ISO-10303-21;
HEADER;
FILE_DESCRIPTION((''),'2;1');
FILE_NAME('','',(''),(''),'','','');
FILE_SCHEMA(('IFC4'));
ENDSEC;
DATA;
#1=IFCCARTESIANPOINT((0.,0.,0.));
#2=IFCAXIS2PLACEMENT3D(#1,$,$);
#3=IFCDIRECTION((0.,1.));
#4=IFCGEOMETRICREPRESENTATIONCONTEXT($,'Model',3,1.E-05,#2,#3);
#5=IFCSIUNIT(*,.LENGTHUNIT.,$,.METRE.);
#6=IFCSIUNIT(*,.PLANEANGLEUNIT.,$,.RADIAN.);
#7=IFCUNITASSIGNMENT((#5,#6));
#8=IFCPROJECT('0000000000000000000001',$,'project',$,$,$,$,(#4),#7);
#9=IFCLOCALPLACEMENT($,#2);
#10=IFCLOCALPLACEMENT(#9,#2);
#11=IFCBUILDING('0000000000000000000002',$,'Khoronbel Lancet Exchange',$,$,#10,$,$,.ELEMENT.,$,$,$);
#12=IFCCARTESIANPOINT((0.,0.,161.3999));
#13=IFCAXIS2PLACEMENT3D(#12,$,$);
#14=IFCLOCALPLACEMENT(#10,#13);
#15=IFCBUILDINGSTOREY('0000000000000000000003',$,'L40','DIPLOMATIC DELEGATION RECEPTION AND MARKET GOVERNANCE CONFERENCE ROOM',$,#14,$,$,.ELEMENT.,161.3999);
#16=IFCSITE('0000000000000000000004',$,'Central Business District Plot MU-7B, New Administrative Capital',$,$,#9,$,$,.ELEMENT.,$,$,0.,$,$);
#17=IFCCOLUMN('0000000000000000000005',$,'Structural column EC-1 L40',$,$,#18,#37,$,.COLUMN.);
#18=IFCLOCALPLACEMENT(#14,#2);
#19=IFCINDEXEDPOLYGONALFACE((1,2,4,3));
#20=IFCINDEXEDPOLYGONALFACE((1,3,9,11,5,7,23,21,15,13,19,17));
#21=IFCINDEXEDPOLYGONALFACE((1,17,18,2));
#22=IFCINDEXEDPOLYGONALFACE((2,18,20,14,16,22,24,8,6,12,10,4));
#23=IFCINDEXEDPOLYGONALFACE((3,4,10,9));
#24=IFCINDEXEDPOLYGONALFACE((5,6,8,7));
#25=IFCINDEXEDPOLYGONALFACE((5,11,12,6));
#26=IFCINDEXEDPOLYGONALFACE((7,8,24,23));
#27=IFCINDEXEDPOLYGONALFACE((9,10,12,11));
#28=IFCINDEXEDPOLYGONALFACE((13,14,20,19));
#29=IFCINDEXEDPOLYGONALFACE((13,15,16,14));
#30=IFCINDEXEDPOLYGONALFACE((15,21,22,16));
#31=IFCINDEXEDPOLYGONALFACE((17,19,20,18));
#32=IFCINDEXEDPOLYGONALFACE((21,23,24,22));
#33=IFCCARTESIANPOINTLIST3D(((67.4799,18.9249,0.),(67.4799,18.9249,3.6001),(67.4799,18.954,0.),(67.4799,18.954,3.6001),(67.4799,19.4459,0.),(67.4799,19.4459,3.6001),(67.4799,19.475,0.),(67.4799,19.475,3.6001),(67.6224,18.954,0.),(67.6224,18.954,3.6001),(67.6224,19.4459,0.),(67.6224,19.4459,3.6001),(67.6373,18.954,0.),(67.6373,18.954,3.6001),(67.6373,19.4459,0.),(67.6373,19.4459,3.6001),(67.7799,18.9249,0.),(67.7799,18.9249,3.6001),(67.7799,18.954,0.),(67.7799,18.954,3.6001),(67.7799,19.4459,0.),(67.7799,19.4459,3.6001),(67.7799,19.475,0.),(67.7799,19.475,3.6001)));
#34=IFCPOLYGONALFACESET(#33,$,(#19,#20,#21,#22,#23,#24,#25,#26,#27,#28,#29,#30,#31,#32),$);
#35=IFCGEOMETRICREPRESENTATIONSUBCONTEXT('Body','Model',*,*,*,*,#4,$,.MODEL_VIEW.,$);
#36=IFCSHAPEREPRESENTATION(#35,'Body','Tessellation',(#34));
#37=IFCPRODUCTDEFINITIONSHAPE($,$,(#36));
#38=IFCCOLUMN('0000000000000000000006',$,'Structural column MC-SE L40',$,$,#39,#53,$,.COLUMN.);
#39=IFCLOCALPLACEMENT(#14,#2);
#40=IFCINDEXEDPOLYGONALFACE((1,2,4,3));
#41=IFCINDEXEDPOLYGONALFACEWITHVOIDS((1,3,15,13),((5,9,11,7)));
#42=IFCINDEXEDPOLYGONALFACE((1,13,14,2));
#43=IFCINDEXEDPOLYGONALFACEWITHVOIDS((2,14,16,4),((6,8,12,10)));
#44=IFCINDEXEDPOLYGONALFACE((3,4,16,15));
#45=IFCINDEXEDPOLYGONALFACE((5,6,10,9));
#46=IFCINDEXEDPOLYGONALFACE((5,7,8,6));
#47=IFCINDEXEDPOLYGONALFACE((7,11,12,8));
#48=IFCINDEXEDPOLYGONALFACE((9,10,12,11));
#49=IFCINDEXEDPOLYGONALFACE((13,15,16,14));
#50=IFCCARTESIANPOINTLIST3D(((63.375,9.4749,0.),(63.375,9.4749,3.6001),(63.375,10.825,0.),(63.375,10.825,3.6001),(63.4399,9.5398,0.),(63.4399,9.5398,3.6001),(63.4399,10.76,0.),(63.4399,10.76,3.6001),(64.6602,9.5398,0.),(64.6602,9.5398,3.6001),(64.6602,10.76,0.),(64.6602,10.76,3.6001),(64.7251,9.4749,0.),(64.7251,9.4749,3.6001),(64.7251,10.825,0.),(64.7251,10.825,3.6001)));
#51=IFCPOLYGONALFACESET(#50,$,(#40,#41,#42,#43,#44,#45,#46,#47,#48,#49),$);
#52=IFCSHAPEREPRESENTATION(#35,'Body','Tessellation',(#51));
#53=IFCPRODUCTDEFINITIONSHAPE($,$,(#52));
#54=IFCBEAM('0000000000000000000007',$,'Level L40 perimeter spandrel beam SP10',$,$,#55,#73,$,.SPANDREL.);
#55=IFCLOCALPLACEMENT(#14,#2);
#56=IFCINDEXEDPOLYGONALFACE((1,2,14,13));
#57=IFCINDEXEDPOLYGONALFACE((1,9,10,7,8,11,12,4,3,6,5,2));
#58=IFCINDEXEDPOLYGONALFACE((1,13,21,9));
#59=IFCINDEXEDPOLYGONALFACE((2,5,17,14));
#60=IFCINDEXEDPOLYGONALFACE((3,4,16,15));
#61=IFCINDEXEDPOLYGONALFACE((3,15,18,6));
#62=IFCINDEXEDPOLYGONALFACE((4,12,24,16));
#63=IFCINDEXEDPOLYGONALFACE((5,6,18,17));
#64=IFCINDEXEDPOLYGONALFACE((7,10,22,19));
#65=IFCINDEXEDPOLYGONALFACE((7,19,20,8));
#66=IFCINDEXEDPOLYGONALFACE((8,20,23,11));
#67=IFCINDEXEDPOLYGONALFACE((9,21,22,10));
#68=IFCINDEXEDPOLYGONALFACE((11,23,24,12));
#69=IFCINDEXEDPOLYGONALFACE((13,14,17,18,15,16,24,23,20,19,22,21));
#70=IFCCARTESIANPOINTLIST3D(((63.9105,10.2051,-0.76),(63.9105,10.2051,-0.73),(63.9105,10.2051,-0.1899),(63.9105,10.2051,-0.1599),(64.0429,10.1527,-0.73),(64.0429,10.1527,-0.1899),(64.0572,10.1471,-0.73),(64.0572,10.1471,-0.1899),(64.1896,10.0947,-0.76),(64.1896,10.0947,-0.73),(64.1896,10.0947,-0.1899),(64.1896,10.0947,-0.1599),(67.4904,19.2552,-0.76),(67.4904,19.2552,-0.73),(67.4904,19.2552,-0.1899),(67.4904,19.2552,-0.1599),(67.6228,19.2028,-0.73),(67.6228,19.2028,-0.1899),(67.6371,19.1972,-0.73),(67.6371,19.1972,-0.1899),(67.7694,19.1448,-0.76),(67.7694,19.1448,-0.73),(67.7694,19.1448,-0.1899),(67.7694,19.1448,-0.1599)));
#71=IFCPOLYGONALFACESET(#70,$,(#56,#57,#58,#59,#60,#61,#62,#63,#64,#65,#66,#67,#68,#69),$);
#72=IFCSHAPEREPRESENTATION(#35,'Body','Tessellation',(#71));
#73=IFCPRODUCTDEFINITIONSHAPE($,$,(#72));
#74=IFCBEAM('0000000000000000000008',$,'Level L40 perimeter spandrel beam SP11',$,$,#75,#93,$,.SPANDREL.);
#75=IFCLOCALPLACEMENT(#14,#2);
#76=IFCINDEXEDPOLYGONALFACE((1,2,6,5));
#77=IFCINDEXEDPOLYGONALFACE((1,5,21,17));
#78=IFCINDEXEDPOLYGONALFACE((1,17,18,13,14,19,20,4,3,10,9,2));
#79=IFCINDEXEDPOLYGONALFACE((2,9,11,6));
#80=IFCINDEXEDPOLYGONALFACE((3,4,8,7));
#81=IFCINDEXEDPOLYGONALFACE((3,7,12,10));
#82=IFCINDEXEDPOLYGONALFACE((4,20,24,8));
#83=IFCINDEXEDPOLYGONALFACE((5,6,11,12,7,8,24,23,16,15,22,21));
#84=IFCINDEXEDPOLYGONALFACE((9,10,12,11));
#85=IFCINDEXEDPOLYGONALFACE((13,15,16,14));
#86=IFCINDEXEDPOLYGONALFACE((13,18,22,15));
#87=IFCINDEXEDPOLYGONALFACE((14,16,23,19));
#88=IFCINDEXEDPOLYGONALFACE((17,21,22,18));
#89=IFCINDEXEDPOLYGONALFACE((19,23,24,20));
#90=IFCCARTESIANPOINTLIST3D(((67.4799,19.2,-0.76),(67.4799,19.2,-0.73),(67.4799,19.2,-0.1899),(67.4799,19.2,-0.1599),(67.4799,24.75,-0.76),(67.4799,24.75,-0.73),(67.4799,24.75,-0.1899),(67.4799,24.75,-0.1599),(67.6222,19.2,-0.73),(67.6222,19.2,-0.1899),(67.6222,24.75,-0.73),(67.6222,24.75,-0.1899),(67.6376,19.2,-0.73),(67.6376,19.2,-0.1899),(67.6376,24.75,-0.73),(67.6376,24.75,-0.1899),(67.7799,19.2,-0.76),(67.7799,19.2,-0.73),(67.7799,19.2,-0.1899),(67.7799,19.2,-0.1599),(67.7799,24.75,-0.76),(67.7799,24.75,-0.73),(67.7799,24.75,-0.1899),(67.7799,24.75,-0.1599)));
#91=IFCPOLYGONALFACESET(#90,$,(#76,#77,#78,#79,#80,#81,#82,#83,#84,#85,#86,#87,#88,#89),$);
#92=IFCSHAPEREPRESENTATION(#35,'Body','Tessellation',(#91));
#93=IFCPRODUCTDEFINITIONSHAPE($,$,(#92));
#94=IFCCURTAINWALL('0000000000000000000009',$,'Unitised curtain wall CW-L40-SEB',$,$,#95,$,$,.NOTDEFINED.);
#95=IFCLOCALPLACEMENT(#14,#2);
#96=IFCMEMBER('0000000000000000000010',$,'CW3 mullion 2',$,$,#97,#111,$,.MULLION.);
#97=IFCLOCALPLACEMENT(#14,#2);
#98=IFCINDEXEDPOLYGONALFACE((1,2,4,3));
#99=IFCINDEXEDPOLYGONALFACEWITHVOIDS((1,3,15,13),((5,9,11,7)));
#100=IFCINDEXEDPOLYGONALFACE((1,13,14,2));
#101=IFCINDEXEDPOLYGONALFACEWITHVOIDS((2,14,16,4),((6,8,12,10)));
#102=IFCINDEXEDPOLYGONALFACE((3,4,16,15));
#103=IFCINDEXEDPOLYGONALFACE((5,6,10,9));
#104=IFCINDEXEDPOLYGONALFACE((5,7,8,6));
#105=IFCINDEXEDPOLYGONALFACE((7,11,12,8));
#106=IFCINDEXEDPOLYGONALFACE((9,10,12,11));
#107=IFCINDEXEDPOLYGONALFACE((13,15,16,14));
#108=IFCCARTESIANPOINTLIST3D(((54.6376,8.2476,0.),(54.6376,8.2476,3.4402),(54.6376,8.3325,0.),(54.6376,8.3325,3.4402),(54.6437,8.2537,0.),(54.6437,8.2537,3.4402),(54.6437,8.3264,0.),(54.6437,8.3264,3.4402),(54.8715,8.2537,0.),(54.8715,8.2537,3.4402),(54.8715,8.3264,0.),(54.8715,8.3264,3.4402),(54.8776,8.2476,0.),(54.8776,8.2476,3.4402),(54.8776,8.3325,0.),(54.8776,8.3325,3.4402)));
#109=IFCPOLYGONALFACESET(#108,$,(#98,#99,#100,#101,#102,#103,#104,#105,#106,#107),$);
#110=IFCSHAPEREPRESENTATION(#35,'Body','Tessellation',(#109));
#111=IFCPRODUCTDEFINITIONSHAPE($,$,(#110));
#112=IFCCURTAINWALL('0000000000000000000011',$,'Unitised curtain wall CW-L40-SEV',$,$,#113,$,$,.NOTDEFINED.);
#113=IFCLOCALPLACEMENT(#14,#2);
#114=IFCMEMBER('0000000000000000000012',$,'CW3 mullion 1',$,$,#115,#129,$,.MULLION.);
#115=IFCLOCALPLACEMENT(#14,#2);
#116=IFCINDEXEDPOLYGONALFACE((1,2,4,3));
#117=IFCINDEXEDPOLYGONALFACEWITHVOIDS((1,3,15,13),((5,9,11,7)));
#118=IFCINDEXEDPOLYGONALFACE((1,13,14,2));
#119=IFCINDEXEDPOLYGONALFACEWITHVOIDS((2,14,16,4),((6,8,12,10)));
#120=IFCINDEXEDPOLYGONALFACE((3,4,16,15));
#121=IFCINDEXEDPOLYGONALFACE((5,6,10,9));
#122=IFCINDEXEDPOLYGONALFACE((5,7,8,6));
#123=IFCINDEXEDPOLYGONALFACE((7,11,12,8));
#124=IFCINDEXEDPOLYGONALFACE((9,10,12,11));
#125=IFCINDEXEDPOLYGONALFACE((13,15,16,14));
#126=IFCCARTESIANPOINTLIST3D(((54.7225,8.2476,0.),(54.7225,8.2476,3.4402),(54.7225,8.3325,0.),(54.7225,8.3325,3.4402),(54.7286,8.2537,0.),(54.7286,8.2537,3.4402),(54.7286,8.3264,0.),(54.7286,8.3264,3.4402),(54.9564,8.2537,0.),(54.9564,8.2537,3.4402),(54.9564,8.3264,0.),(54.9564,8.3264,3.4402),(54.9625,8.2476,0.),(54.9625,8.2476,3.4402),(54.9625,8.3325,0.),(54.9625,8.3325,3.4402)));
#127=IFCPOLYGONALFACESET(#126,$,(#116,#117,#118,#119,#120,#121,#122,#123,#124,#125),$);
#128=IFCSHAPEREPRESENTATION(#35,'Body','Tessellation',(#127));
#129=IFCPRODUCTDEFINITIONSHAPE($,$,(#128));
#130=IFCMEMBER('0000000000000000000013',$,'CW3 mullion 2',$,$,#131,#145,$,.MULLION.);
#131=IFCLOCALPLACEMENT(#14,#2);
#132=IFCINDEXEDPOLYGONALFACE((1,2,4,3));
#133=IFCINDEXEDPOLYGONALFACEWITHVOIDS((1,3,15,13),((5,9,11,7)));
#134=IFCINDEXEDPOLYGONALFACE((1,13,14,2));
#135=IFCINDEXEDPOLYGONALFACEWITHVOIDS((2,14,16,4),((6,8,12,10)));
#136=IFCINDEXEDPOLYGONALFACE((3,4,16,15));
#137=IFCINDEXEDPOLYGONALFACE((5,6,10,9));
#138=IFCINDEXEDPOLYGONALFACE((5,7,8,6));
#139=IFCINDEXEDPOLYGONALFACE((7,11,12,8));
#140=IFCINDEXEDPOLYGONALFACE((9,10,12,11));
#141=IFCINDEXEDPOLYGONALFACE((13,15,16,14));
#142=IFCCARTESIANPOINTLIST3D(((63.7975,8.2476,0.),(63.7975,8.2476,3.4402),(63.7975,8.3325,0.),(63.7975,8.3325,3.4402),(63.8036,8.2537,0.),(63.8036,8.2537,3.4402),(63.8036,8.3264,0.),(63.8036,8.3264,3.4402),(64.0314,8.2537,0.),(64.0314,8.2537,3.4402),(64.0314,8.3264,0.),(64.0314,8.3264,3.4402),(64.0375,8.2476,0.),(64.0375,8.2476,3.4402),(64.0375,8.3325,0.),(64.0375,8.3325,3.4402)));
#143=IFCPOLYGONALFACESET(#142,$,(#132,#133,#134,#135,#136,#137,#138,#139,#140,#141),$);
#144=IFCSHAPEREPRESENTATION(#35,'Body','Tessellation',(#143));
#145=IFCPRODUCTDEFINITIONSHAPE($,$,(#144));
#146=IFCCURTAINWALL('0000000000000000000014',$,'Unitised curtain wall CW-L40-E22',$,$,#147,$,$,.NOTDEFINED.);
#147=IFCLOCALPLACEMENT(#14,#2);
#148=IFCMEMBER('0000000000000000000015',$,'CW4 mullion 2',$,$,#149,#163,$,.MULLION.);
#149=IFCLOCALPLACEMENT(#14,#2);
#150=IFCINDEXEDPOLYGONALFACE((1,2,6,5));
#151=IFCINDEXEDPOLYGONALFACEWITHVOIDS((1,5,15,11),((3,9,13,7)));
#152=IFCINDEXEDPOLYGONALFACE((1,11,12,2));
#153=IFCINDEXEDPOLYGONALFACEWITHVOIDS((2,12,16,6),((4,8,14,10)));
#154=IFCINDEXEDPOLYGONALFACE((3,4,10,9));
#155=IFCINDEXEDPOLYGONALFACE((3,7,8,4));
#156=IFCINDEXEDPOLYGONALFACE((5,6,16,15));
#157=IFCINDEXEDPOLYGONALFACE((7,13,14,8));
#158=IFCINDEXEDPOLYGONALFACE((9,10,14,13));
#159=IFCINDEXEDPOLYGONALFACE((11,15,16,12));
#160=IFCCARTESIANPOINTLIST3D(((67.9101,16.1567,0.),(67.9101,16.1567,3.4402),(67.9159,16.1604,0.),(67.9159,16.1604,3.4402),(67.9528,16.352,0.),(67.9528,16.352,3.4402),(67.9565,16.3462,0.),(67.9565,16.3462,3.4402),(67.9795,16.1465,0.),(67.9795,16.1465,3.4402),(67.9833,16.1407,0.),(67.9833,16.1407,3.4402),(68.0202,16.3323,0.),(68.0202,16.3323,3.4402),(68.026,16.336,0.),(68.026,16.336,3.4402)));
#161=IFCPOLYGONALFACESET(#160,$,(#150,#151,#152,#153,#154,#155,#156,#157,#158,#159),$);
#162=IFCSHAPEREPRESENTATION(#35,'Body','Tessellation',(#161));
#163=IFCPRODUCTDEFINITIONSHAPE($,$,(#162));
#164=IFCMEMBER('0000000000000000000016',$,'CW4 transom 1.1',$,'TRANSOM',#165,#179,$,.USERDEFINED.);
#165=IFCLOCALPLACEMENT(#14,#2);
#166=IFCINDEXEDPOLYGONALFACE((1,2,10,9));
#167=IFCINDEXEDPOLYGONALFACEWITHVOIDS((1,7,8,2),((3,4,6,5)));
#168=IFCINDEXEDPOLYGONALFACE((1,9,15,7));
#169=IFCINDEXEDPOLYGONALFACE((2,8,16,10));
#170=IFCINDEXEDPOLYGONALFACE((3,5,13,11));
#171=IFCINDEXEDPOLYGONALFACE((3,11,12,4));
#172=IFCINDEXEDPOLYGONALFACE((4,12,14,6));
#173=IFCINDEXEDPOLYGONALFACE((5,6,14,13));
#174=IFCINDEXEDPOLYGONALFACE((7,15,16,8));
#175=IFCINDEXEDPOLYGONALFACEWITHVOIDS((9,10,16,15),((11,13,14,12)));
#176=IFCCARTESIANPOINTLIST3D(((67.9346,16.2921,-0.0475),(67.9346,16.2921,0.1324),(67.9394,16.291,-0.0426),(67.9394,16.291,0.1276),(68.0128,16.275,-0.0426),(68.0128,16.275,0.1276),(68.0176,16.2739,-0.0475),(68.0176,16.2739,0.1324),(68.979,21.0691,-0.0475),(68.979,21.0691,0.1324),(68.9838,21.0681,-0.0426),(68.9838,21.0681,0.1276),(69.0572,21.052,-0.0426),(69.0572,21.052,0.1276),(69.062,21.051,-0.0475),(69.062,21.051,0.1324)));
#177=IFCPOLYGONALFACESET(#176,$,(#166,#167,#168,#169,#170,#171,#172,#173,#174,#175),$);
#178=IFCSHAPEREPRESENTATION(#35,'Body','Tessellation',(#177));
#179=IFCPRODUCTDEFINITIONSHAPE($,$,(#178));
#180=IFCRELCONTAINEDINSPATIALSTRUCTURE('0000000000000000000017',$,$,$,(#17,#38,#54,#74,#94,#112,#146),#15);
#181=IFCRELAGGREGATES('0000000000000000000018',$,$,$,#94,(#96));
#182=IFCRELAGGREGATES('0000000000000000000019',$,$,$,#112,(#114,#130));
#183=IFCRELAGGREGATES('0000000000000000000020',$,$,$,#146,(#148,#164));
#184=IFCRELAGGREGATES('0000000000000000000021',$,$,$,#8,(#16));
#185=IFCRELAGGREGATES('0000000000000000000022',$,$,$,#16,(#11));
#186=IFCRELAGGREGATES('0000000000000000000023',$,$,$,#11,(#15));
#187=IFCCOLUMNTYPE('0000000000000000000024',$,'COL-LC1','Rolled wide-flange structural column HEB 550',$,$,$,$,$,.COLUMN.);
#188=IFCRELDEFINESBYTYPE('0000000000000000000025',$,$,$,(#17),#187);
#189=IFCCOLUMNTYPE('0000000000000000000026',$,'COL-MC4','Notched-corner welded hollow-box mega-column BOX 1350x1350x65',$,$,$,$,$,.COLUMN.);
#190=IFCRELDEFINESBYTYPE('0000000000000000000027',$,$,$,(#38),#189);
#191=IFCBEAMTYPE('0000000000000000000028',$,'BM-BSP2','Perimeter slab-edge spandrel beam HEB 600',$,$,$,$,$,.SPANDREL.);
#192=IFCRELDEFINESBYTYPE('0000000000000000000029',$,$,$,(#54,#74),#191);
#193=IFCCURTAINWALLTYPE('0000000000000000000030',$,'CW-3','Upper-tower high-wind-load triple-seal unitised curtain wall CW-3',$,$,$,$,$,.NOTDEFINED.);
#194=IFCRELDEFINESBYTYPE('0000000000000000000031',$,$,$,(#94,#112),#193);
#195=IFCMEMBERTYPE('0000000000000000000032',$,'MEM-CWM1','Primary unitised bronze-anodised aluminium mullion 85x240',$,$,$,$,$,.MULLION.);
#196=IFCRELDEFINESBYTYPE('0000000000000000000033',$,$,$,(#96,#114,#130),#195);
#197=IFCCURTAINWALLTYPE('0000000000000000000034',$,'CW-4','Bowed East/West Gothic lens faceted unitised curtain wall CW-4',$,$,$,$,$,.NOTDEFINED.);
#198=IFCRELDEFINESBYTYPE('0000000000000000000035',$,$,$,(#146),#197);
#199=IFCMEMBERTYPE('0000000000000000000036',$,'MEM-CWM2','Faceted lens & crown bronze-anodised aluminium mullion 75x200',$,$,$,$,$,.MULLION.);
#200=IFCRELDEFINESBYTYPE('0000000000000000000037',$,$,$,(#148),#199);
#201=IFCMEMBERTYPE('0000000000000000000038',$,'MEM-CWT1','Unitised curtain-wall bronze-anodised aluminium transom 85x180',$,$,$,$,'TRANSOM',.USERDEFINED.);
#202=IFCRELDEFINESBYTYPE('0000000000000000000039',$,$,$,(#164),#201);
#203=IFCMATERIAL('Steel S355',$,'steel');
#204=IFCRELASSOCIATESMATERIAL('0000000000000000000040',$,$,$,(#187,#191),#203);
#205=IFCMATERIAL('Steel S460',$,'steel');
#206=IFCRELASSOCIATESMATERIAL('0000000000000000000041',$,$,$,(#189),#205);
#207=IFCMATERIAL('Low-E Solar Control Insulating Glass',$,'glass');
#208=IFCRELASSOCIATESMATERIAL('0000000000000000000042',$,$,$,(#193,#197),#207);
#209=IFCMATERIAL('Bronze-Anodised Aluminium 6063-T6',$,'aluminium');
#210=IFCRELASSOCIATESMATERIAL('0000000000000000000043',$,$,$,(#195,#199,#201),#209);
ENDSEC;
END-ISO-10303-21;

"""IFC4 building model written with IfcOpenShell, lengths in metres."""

from ifc_helpers import new_model, si_unit, direction, frame, origin, origin_2d, place, context, subcontext, project, spatial, hollow_rectangle, i_section, extrude, material, material_profile, profile_set, type_object, element, aggregate, save


model = new_model("IFC4")

# Units and contexts
model_context = context("Model", 3, precision=1e-05, world=origin(), true_north=direction((0.0, 1.0)))
body_context = subcontext(model_context, "Body", "Model", "MODEL_VIEW")
ifc_project = project(units=[si_unit("LENGTHUNIT", "METRE"), si_unit("PLANEANGLEUNIT", "RADIAN")], contexts=[model_context])

# Site, building, storey
site_placement = place(None, origin())
site = spatial("IfcSite", under=ifc_project, at=site_placement, Name="Central Business District Plot MU-7B, New Administrative Capital", CompositionType="ELEMENT", RefElevation=0.0)
building_placement = place(site_placement, origin())
building = spatial("IfcBuilding", under=site, at=building_placement, Name="Khoronbel Lancet Exchange", CompositionType="ELEMENT")
storey_placement = place(building_placement, frame((0.0, 0.0, 161.3999)))
storey = spatial("IfcBuildingStorey", under=building, at=storey_placement, Name="L40", Description="DIPLOMATIC DELEGATION RECEPTION AND MARKET GOVERNANCE CONFERENCE ROOM", CompositionType="ELEMENT", Elevation=161.3999)

# Columns
ifc_material_1 = material(Name="Steel S355", Category="steel")
ifc_material_profile_1 = material_profile(ifc_material_1, i_section(OverallWidth=0.3, OverallDepth=0.55, WebThickness=0.0149, FlangeThickness=0.0291, at=origin_2d()), Name="HEB 550")
ifc_profile_set_1 = profile_set([ifc_material_profile_1], Name="Steel S355")
column_type_1 = type_object("IfcColumnType", Name="COL-LC1", Description="Rolled wide-flange structural column HEB 550", PredefinedType="COLUMN", material=ifc_profile_set_1)
column_1_placement = place(storey_placement, frame((67.6299, 19.2, 0.0), z_axis=(0.0, 0.0, 1.0), x_axis=(1.0, 0.0, 0.0)))
element("IfcColumn", 1, at=column_1_placement, inside=storey, type_object=column_type_1, Name="Structural column EC-1 L40", PredefinedType="COLUMN", context=body_context, shape_type="SweptSolid", body=[
    extrude(i_section(OverallWidth=0.3, OverallDepth=0.55, WebThickness=0.0149, FlangeThickness=0.0291, at=origin_2d()), origin(), (0.0, 0.0, 1.0), 3.6001),
])
ifc_material_2 = material(Name="Steel S460", Category="steel")
ifc_material_profile_2 = material_profile(ifc_material_2, hollow_rectangle(XDim=1.3501, YDim=1.3501, WallThickness=0.0649, at=origin_2d()), Name="BOX 1350x1350x65")
ifc_profile_set_2 = profile_set([ifc_material_profile_2], Name="Steel S460")
column_type_2 = type_object("IfcColumnType", Name="COL-MC4", Description="Notched-corner welded hollow-box mega-column BOX 1350x1350x65", PredefinedType="COLUMN", material=ifc_profile_set_2)
column_2_placement = place(storey_placement, frame((64.05, 10.1499, 0.0), z_axis=(0.0, 0.0, 1.0), x_axis=(1.0, 0.0, 0.0)))
element("IfcColumn", 2, at=column_2_placement, inside=storey, type_object=column_type_2, Name="Structural column MC-SE L40", PredefinedType="COLUMN", context=body_context, shape_type="SweptSolid", body=[
    extrude(hollow_rectangle(XDim=1.3501, YDim=1.3501, WallThickness=0.0649, at=origin_2d()), origin(), (0.0, 0.0, 1.0), 3.6001),
])

# Beams
ifc_material_profile_3 = material_profile(ifc_material_1, i_section(OverallWidth=0.3, OverallDepth=0.6001, WebThickness=0.0154, FlangeThickness=0.03, at=origin_2d()), Name="HEB 600")
ifc_profile_set_3 = profile_set([ifc_material_profile_3], Name="Steel S355")
beam_type = type_object("IfcBeamType", Name="BM-BSP2", Description="Perimeter slab-edge spandrel beam HEB 600", PredefinedType="SPANDREL", material=ifc_profile_set_3)
beam_1_placement = place(storey_placement, frame((64.05, 10.1499, -0.46), z_axis=(0.367828, 0.929894, 0.0), x_axis=(-0.929894, 0.367828, 0.0)))
element("IfcBeam", 3, at=beam_1_placement, inside=storey, type_object=beam_type, Name="Level L40 perimeter spandrel beam SP10", PredefinedType="SPANDREL", context=body_context, shape_type="SweptSolid", body=[
    extrude(i_section(OverallWidth=0.3, OverallDepth=0.6001, WebThickness=0.0154, FlangeThickness=0.03, at=origin_2d()), origin(), (0.0, 0.0, 1.0), 9.7324),
])
beam_2_placement = place(storey_placement, frame((67.6299, 19.2, -0.46), z_axis=(0.0, 1.0, 0.0), x_axis=(-1.0, 0.0, 0.0)))
element("IfcBeam", 4, at=beam_2_placement, inside=storey, type_object=beam_type, Name="Level L40 perimeter spandrel beam SP11", PredefinedType="SPANDREL", context=body_context, shape_type="SweptSolid", body=[
    extrude(i_section(OverallWidth=0.3, OverallDepth=0.6001, WebThickness=0.0154, FlangeThickness=0.03, at=origin_2d()), origin(), (0.0, 0.0, 1.0), 5.55),
])

# Curtain wall, member
ifc_material_3 = material(Name="Low-E Solar Control Insulating Glass", Category="glass")
curtain_wall_type_1 = type_object("IfcCurtainWallType", Name="CW-3", Description="Upper-tower high-wind-load triple-seal unitised curtain wall CW-3", PredefinedType="NOTDEFINED", material=ifc_material_3)
curtain_wall_1_placement = place(storey_placement, origin())
curtain_wall_1 = element("IfcCurtainWall", 5, at=curtain_wall_1_placement, inside=storey, type_object=curtain_wall_type_1, Name="Unitised curtain wall CW-L40-SEB", PredefinedType="NOTDEFINED")
ifc_material_4 = material(Name="Bronze-Anodised Aluminium 6063-T6", Category="aluminium")
ifc_material_profile_4 = material_profile(ifc_material_4, hollow_rectangle(XDim=0.085, YDim=0.24, WallThickness=0.0061, at=origin_2d()), Name="ALU MULLION 85x240")
ifc_profile_set_4 = profile_set([ifc_material_profile_4], Name="Bronze-Anodised Aluminium 6063-T6")
member_type_1 = type_object("IfcMemberType", Name="MEM-CWM1", Description="Primary unitised bronze-anodised aluminium mullion 85x240", PredefinedType="MULLION", material=ifc_profile_set_4)
member_1_placement = place(storey_placement, frame((54.7576, 8.29, 0.0), z_axis=(0.0, 0.0, 1.0), x_axis=(0.0, 1.0, 0.0)))
member_1 = element("IfcMember", 6, at=member_1_placement, type_object=member_type_1, Name="CW3 mullion 2", PredefinedType="MULLION", context=body_context, shape_type="SweptSolid", body=[
    extrude(hollow_rectangle(XDim=0.085, YDim=0.24, WallThickness=0.0061, at=origin_2d()), origin(), (0.0, 0.0, 1.0), 3.4402),
])
aggregate(curtain_wall_1, [member_1])

# Curtain walls, members
curtain_wall_2_placement = place(storey_placement, origin())
curtain_wall_2 = element("IfcCurtainWall", 7, at=curtain_wall_2_placement, inside=storey, type_object=curtain_wall_type_1, Name="Unitised curtain wall CW-L40-SEV", PredefinedType="NOTDEFINED")
member_2_placement = place(storey_placement, frame((54.8425, 8.29, 0.0), z_axis=(0.0, 0.0, 1.0), x_axis=(0.0, 1.0, 0.0)))
member_2 = element("IfcMember", 8, at=member_2_placement, type_object=member_type_1, Name="CW3 mullion 1", PredefinedType="MULLION", context=body_context, shape_type="SweptSolid", body=[
    extrude(hollow_rectangle(XDim=0.085, YDim=0.24, WallThickness=0.0061, at=origin_2d()), origin(), (0.0, 0.0, 1.0), 3.4402),
])
member_3_placement = place(storey_placement, frame((63.9175, 8.29, 0.0), z_axis=(0.0, 0.0, 1.0), x_axis=(0.0, 1.0, 0.0)))
member_3 = element("IfcMember", 9, at=member_3_placement, type_object=member_type_1, Name="CW3 mullion 2", PredefinedType="MULLION", context=body_context, shape_type="SweptSolid", body=[
    extrude(hollow_rectangle(XDim=0.085, YDim=0.24, WallThickness=0.0061, at=origin_2d()), origin(), (0.0, 0.0, 1.0), 3.4402),
])
curtain_wall_type_2 = type_object("IfcCurtainWallType", Name="CW-4", Description="Bowed East/West Gothic lens faceted unitised curtain wall CW-4", PredefinedType="NOTDEFINED", material=ifc_material_3)
curtain_wall_3_placement = place(storey_placement, origin())
curtain_wall_3 = element("IfcCurtainWall", 10, at=curtain_wall_3_placement, inside=storey, type_object=curtain_wall_type_2, Name="Unitised curtain wall CW-L40-E22", PredefinedType="NOTDEFINED")
ifc_material_profile_5 = material_profile(ifc_material_4, hollow_rectangle(XDim=0.075, YDim=0.2, WallThickness=0.0049, at=origin_2d()), Name="ALU MULLION 75x200")
ifc_profile_set_5 = profile_set([ifc_material_profile_5], Name="Bronze-Anodised Aluminium 6063-T6")
member_type_2 = type_object("IfcMemberType", Name="MEM-CWM2", Description="Faceted lens & crown bronze-anodised aluminium mullion 75x200", PredefinedType="MULLION", material=ifc_profile_set_5)
member_4_placement = place(storey_placement, frame((67.968, 16.2463, 0.0), z_axis=(0.0, 0.0, 1.0), x_axis=(0.976923, -0.213591, 0.0)))
member_4 = element("IfcMember", 11, at=member_4_placement, type_object=member_type_2, Name="CW4 mullion 2", PredefinedType="MULLION", context=body_context, shape_type="SweptSolid", body=[
    extrude(hollow_rectangle(XDim=0.075, YDim=0.2, WallThickness=0.0049, at=origin_2d()), origin(), (0.0, 0.0, 1.0), 3.4402),
])
ifc_material_profile_6 = material_profile(ifc_material_4, hollow_rectangle(XDim=0.085, YDim=0.1799, WallThickness=0.0049, at=origin_2d()), Name="ALU TRANSOM 85x180")
ifc_profile_set_6 = profile_set([ifc_material_profile_6], Name="Bronze-Anodised Aluminium 6063-T6")
member_type_3 = type_object("IfcMemberType", Name="MEM-CWT1", Description="Unitised curtain-wall bronze-anodised aluminium transom 85x180", ElementType="TRANSOM", PredefinedType="USERDEFINED", material=ifc_profile_set_6)
member_5_placement = place(storey_placement, frame((69.0205, 21.0601, 0.0425), z_axis=(-0.213588, -0.976924, 0.0), x_axis=(0.976924, -0.213588, 0.0)))
member_5 = element("IfcMember", 12, at=member_5_placement, type_object=member_type_3, Name="CW4 transom 1.1", ObjectType="TRANSOM", PredefinedType="USERDEFINED", context=body_context, shape_type="SweptSolid", body=[
    extrude(hollow_rectangle(XDim=0.085, YDim=0.1799, WallThickness=0.0049, at=origin_2d()), origin(), (0.0, 0.0, 1.0), 4.8899),
])

aggregate(curtain_wall_2, [member_2, member_3])
aggregate(curtain_wall_3, [member_4, member_5])

save(model, "model.ifc")
